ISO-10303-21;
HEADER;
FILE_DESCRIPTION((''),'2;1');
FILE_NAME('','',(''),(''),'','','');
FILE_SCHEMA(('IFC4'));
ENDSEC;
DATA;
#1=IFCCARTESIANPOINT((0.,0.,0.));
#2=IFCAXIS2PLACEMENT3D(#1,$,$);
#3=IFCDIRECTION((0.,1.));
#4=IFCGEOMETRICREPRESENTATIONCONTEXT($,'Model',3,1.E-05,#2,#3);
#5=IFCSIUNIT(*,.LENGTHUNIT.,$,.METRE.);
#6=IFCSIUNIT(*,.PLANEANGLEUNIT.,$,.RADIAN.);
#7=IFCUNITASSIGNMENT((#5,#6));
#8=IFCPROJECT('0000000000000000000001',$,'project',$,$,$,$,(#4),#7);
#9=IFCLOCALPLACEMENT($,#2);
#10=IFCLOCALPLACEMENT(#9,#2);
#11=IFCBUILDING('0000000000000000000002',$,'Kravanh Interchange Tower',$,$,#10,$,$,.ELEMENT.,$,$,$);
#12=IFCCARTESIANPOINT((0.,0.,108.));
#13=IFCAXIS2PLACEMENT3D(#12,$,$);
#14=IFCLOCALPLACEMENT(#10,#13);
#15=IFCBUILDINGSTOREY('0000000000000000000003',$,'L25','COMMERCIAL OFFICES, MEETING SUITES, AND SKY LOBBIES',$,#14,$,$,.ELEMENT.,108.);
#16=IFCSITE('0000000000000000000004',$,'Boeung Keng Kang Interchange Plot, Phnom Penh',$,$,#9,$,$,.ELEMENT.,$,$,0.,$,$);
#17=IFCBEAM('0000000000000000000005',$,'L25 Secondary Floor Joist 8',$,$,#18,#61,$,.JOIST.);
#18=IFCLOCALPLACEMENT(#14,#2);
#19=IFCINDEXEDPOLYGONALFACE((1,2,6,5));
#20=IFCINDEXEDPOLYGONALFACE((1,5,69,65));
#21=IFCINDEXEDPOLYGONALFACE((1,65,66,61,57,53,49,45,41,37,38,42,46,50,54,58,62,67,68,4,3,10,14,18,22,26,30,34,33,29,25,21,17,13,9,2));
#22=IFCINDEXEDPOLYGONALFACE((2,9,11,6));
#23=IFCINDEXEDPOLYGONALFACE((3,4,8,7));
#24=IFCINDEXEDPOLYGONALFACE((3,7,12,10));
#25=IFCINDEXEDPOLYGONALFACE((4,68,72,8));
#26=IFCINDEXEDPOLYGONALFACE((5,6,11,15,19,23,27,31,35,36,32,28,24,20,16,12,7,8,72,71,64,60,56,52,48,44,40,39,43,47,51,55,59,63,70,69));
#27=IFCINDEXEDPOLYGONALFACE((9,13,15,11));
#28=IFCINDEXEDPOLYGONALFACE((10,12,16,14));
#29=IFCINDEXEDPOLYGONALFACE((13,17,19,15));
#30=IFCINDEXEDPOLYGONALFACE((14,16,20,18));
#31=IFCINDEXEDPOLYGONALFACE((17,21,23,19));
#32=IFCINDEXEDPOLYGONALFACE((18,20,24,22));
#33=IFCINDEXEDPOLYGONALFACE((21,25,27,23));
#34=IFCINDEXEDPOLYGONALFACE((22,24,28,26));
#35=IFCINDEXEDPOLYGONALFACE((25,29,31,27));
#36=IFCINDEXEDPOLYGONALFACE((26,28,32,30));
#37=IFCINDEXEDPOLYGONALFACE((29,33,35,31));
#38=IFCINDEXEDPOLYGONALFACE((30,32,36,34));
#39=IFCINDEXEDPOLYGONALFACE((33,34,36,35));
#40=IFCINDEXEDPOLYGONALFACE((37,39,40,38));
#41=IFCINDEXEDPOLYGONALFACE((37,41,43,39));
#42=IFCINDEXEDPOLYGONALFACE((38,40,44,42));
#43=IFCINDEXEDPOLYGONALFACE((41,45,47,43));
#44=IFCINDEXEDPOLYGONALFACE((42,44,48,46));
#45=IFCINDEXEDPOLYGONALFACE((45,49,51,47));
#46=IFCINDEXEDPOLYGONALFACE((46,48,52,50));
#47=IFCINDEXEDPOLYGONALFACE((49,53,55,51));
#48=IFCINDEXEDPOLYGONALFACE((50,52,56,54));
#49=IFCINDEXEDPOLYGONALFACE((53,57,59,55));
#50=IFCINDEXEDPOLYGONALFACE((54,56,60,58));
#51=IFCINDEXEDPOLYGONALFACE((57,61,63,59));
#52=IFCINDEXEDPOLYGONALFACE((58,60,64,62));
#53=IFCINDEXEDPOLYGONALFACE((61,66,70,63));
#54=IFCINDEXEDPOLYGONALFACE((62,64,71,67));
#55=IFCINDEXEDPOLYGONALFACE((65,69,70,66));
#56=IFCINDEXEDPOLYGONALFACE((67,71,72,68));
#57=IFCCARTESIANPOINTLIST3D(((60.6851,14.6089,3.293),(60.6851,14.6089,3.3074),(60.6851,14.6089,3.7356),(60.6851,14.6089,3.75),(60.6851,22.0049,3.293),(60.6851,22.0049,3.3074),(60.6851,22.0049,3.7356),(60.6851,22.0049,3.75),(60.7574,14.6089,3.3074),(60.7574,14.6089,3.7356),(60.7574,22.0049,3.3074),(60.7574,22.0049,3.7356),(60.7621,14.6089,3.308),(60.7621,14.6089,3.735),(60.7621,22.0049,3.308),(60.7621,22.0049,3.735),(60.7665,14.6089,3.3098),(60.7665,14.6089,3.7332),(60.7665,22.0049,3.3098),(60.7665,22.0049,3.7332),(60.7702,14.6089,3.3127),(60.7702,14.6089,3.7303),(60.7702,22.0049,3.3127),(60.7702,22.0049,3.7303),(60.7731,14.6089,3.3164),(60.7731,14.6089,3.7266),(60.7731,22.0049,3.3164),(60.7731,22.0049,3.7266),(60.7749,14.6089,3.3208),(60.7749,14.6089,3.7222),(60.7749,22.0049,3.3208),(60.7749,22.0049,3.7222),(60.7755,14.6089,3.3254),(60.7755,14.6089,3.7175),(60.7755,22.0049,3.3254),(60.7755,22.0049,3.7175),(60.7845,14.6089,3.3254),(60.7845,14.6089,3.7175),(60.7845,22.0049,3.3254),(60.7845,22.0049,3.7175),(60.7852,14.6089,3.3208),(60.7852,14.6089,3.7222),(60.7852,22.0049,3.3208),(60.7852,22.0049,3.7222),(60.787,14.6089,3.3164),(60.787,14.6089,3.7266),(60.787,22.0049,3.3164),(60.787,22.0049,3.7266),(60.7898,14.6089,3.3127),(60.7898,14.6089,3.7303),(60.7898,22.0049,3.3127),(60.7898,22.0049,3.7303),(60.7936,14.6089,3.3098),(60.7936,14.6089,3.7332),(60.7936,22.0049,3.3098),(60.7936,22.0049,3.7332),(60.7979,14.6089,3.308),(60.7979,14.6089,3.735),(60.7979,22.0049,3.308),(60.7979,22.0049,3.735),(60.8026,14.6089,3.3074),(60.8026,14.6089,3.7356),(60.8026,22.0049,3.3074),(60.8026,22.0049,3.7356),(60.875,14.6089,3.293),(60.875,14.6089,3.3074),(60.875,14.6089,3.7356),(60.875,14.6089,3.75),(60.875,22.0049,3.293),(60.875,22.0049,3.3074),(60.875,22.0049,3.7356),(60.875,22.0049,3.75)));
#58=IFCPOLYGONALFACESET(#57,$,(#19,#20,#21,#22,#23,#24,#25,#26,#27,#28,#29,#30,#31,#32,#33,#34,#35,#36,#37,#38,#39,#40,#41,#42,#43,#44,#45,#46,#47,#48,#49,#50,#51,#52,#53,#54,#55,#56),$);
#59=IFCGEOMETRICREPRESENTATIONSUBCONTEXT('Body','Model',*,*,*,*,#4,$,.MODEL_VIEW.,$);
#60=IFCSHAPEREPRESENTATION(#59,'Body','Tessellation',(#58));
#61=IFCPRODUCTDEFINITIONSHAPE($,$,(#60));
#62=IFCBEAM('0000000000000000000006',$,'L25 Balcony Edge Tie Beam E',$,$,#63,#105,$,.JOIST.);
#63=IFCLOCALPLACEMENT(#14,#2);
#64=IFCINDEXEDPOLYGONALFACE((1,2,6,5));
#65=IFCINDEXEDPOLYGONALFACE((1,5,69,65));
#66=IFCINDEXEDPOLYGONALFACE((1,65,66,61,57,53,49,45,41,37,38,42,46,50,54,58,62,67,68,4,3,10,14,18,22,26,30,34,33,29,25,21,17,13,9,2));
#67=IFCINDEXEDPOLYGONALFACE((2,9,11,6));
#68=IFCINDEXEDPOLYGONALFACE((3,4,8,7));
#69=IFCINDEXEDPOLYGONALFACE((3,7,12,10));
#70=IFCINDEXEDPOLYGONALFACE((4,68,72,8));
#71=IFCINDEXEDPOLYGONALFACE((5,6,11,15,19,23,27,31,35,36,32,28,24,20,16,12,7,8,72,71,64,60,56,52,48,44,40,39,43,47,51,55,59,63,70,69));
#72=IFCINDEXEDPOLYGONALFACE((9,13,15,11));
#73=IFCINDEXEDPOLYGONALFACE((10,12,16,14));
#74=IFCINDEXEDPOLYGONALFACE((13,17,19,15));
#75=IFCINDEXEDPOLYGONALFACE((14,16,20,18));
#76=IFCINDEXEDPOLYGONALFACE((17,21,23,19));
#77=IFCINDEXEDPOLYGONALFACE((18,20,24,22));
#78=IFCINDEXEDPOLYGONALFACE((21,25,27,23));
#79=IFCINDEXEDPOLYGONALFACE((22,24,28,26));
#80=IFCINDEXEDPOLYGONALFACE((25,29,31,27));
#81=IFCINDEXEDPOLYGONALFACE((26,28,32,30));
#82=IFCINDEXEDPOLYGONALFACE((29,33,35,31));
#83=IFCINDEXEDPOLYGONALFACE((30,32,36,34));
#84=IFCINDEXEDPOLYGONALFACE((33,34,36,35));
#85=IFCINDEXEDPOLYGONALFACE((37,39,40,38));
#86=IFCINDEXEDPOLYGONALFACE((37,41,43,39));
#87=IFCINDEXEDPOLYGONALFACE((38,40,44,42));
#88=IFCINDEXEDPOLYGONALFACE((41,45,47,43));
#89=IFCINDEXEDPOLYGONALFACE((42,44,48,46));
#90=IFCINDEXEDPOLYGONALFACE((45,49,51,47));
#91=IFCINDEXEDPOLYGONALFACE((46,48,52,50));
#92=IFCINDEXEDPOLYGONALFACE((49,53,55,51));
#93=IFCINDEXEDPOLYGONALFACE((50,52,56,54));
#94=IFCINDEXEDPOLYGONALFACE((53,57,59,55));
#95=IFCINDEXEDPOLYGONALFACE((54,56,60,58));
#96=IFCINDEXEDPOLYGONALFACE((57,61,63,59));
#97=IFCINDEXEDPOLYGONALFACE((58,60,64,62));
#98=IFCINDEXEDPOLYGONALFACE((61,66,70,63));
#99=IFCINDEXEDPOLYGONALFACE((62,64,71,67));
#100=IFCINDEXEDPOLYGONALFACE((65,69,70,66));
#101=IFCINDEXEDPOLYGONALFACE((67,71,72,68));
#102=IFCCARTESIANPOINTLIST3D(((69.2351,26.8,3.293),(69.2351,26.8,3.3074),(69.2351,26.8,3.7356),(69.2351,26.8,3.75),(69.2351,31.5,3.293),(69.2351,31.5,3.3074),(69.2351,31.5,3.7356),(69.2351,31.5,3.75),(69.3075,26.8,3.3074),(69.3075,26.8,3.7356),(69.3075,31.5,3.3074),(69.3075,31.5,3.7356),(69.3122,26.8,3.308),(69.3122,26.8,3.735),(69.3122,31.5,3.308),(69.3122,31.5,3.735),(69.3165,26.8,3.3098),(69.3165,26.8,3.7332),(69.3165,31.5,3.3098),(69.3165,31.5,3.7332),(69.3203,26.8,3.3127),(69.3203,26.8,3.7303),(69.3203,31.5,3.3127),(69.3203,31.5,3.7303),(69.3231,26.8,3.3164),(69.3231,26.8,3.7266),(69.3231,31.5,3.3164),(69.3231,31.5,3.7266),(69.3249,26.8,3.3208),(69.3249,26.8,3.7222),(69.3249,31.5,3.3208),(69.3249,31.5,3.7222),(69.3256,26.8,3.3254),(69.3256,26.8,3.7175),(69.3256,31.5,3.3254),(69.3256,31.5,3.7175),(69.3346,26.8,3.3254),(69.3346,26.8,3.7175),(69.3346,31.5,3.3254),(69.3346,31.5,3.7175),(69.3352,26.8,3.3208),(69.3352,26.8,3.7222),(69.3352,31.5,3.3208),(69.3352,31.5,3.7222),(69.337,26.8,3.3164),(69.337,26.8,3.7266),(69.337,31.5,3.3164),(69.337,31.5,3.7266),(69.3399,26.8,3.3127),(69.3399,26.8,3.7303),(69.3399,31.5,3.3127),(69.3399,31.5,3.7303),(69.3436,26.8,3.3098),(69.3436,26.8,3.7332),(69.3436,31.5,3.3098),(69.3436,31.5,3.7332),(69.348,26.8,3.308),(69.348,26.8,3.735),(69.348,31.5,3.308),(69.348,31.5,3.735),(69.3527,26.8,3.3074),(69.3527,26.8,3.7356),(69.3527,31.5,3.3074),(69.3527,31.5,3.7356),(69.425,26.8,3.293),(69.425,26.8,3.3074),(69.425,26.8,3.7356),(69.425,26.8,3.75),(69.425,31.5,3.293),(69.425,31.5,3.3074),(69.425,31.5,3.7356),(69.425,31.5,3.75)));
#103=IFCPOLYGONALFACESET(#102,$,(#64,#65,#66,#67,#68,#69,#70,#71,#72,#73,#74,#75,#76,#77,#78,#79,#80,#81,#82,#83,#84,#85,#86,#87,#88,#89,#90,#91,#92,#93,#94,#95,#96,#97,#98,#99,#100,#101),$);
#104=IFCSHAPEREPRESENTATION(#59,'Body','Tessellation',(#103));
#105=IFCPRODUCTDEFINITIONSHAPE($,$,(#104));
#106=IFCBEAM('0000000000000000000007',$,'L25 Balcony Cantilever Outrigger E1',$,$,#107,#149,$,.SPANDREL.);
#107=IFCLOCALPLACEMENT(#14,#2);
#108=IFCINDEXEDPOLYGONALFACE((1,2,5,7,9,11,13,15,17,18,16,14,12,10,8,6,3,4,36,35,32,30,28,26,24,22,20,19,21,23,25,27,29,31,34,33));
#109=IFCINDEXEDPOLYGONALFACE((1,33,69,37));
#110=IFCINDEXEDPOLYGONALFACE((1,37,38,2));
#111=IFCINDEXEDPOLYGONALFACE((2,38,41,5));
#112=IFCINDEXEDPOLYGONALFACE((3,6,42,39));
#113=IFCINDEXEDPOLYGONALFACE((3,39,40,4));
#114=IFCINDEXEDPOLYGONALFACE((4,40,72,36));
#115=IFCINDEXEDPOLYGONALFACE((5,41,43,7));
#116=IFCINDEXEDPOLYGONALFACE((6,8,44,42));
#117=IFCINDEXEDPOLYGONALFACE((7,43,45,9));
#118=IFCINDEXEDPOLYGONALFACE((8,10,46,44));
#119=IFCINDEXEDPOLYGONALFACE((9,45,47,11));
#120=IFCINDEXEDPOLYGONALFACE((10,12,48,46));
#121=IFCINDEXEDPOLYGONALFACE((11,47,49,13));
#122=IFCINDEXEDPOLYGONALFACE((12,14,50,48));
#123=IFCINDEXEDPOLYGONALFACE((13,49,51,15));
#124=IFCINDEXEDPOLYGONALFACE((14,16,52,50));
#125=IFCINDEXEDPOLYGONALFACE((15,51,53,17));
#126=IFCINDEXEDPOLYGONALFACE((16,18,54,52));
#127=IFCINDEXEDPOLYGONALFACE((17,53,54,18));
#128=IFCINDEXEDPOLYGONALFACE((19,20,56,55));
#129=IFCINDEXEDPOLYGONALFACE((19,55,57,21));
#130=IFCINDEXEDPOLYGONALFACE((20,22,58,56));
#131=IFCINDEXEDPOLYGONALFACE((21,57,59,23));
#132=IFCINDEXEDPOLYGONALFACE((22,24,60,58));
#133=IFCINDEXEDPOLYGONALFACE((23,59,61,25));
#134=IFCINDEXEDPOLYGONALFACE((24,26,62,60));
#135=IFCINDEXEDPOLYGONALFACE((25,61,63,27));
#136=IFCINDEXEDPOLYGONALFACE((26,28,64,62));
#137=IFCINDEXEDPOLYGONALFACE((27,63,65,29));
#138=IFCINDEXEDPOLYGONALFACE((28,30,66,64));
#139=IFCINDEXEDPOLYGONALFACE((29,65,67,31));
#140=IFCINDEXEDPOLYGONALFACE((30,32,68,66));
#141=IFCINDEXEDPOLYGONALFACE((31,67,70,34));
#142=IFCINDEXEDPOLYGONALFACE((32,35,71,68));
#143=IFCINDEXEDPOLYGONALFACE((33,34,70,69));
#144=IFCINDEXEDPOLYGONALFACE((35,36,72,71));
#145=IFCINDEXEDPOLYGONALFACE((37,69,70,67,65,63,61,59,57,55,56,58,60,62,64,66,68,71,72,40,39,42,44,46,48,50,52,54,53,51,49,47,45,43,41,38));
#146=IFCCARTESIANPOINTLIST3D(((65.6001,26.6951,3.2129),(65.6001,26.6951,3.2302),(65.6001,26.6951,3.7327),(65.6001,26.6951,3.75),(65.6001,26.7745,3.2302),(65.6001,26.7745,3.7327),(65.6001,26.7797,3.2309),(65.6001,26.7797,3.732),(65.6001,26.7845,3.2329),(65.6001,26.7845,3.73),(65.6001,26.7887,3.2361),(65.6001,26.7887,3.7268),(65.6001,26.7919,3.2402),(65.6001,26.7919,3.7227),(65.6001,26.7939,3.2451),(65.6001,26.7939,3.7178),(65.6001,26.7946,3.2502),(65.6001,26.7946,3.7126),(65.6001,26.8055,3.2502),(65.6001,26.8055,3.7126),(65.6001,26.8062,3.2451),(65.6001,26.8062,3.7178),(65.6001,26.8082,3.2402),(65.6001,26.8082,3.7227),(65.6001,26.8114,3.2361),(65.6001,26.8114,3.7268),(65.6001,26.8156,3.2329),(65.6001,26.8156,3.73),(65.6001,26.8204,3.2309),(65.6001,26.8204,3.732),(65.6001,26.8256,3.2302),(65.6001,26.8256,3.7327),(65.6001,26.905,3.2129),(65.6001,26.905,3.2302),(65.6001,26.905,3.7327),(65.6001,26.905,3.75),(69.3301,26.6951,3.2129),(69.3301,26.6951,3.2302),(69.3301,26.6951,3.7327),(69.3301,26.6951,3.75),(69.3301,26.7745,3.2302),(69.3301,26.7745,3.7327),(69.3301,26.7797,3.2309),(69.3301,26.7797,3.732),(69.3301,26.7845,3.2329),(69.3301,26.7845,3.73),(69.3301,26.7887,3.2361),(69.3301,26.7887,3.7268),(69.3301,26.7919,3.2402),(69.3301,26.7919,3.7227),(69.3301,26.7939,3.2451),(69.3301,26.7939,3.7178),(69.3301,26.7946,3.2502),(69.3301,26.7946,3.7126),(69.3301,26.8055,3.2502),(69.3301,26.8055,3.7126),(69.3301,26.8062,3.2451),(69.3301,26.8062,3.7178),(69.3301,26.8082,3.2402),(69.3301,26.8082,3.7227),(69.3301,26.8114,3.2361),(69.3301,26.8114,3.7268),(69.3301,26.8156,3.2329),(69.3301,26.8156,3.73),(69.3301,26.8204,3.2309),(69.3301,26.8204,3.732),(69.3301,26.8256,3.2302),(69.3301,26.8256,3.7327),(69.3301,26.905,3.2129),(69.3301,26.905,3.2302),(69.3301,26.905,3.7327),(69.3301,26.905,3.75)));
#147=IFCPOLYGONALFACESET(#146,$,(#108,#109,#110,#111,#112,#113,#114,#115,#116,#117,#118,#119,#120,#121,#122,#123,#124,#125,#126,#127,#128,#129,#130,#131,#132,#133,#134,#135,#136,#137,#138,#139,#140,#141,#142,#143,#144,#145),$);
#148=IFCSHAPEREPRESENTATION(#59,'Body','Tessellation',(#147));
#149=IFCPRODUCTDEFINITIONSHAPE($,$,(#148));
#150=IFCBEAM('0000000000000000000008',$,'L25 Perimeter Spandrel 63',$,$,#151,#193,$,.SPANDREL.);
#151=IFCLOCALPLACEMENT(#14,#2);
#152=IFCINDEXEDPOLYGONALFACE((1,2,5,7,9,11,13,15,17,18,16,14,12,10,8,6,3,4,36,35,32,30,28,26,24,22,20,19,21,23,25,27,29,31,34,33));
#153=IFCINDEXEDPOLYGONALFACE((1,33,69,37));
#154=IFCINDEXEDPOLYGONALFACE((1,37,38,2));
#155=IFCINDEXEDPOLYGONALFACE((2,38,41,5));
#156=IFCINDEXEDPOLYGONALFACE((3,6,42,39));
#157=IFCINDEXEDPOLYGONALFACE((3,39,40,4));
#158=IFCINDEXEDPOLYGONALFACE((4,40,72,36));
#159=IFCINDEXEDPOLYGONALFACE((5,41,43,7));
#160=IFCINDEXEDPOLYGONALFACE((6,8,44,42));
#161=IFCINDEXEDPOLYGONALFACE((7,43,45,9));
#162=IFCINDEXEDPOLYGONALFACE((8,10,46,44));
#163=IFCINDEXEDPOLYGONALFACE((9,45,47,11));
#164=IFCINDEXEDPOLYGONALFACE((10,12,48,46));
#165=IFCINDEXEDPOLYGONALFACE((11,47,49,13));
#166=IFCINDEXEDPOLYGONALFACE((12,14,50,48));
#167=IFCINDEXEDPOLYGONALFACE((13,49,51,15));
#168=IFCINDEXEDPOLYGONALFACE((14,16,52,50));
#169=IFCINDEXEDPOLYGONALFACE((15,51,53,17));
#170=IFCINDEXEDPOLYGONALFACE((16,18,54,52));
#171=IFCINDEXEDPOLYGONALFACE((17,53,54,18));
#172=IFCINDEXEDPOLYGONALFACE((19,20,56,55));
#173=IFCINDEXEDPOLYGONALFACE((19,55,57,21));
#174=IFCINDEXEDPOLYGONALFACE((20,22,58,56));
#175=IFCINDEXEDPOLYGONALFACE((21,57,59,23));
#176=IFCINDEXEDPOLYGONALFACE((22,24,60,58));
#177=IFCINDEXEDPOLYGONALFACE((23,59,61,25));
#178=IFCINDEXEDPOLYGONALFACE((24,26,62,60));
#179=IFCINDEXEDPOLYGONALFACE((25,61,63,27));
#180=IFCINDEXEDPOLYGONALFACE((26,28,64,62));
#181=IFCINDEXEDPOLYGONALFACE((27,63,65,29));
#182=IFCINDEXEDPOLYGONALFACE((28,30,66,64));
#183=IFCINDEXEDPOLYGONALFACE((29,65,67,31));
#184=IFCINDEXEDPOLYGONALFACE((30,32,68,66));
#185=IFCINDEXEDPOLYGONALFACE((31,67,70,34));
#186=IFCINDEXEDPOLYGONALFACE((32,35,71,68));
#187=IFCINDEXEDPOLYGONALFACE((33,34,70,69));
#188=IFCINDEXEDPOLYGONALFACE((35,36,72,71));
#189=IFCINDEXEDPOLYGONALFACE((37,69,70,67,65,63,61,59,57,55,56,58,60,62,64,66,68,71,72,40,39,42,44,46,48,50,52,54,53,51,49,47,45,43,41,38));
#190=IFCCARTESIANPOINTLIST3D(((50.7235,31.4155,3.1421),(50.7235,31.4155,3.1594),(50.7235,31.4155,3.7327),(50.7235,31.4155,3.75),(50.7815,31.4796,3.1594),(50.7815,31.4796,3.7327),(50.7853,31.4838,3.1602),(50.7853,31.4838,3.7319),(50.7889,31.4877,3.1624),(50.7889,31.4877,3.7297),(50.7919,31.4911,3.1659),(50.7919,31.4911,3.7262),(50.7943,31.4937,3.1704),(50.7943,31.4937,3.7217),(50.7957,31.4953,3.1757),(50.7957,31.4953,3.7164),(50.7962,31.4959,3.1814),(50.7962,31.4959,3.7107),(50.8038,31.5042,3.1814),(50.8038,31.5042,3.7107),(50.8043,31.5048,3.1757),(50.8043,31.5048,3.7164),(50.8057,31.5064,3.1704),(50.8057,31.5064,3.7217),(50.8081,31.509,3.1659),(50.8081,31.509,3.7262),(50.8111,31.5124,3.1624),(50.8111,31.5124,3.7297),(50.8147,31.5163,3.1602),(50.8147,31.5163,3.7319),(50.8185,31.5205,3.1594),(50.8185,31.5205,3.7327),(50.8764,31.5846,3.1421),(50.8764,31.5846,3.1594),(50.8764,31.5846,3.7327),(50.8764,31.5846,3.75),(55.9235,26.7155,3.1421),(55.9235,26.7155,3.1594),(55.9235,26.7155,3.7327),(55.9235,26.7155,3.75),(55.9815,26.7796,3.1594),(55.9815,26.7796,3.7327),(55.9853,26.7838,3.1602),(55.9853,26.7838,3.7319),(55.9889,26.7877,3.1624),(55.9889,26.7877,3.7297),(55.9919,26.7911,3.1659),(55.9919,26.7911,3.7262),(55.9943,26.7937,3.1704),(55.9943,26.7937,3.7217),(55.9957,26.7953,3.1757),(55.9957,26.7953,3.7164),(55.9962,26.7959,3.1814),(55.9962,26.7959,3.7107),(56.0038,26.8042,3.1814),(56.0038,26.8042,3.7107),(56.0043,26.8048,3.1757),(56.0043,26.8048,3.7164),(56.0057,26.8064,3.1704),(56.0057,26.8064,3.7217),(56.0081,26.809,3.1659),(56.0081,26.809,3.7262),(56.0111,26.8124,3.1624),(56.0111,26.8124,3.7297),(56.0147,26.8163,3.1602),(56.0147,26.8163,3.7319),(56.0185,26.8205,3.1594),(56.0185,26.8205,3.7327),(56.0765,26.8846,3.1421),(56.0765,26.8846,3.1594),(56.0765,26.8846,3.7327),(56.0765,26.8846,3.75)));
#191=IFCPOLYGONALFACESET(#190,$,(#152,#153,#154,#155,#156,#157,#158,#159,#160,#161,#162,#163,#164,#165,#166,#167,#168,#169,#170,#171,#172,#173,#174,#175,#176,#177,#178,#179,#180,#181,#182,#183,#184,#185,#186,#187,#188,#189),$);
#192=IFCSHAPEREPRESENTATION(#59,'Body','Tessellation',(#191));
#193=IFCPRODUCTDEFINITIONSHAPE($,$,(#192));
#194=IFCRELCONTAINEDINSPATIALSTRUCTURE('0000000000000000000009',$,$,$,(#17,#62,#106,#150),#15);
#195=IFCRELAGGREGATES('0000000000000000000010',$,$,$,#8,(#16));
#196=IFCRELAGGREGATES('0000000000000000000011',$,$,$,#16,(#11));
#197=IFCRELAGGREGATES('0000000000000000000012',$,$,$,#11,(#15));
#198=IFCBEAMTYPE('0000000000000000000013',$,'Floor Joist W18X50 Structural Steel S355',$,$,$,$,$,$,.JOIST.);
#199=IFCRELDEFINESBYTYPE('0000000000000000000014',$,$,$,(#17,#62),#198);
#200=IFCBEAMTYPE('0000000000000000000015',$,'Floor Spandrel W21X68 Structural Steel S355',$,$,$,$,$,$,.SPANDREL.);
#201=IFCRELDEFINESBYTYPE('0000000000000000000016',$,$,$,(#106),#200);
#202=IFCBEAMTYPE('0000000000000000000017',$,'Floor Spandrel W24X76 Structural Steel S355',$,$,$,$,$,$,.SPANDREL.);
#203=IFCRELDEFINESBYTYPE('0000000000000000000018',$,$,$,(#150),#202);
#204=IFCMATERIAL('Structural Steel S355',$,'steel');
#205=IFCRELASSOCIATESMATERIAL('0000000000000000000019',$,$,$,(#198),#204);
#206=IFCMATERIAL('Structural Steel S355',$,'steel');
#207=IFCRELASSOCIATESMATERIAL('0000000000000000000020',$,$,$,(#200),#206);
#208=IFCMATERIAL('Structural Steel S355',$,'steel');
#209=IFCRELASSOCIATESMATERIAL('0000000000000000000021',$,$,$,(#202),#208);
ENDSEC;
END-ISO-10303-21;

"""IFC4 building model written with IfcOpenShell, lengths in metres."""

from ifc_helpers import new_model, si_unit, direction, frame, origin, origin_2d, place, context, subcontext, project, spatial, i_section, extrude, material, material_profile, profile_set, type_object, element, save


model = new_model("IFC4")

# Units and contexts
model_context = context("Model", 3, precision=1e-05, world=origin(), true_north=direction((0.0, 1.0)))
body_context = subcontext(model_context, "Body", "Model", "MODEL_VIEW")
ifc_project = project(units=[si_unit("LENGTHUNIT", "METRE"), si_unit("PLANEANGLEUNIT", "RADIAN")], contexts=[model_context])

# Site, building, storey
site_placement = place(None, origin())
site = spatial("IfcSite", under=ifc_project, at=site_placement, Name="Boeung Keng Kang Interchange Plot, Phnom Penh", CompositionType="ELEMENT", RefElevation=0.0)
building_placement = place(site_placement, origin())
building = spatial("IfcBuilding", under=site, at=building_placement, Name="Kravanh Interchange Tower", CompositionType="ELEMENT")
storey_placement = place(building_placement, frame((0.0, 0.0, 108.0)))
storey = spatial("IfcBuildingStorey", under=building, at=storey_placement, Name="L25", Description="COMMERCIAL OFFICES, MEETING SUITES, AND SKY LOBBIES", CompositionType="ELEMENT", Elevation=108.0)

# Beams
ifc_material_1 = material(Name="Structural Steel S355", Category="steel")
ifc_material_profile_1 = material_profile(ifc_material_1, i_section(OverallWidth=0.1899, OverallDepth=0.457, WebThickness=0.009, FlangeThickness=0.0144, FilletRadius=0.0181, at=origin_2d()), Name="W18X50")
ifc_profile_set_1 = profile_set([ifc_material_profile_1], Name="Structural Steel S355")
beam_type_1 = type_object("IfcBeamType", Name="Floor Joist W18X50 Structural Steel S355", PredefinedType="JOIST", material=ifc_profile_set_1)
for number, where, z_axis, x_axis, name in (
    (1, (60.78, 14.6089, 3.5215), (0.0, 1.0, 0.0), (-1.0, 0.0, 0.0), "L25 Secondary Floor Joist 8"),
):
    element("IfcBeam", number, at=place(storey_placement, frame(where, z_axis=z_axis, x_axis=x_axis)), inside=storey, type_object=beam_type_1, Name=name, PredefinedType="JOIST", context=body_context, shape_type="SweptSolid", body=[
        extrude(i_section(OverallWidth=0.1899, OverallDepth=0.457, WebThickness=0.009, FlangeThickness=0.0144, FilletRadius=0.0181, at=origin_2d()), origin(), (0.0, 0.0, 1.0), 7.396),
    ])
beam_1_placement = place(storey_placement, frame((69.3301, 26.8, 3.5215), z_axis=(0.0, 1.0, 0.0), x_axis=(-1.0, 0.0, 0.0)))
element("IfcBeam", 2, at=beam_1_placement, inside=storey, type_object=beam_type_1, Name="L25 Balcony Edge Tie Beam E", PredefinedType="JOIST", context=body_context, shape_type="SweptSolid", body=[
    extrude(i_section(OverallWidth=0.1899, OverallDepth=0.457, WebThickness=0.009, FlangeThickness=0.0144, FilletRadius=0.0181, at=origin_2d()), origin(), (0.0, 0.0, 1.0), 4.7),
])
ifc_material_2 = material(Name="Structural Steel S355", Category="steel")
ifc_material_profile_2 = material_profile(ifc_material_2, i_section(OverallWidth=0.21, OverallDepth=0.5371, WebThickness=0.011, FlangeThickness=0.0173, FilletRadius=0.02, at=origin_2d()), Name="W21X68")
ifc_profile_set_2 = profile_set([ifc_material_profile_2], Name="Structural Steel S355")
beam_type_2 = type_object("IfcBeamType", Name="Floor Spandrel W21X68 Structural Steel S355", PredefinedType="SPANDREL", material=ifc_profile_set_2)
beam_2_placement = place(storey_placement, frame((65.6001, 26.8, 3.4814), z_axis=(1.0, 0.0, 0.0), x_axis=(0.0, 1.0, 0.0)))
element("IfcBeam", 3, at=beam_2_placement, inside=storey, type_object=beam_type_2, Name="L25 Balcony Cantilever Outrigger E1", PredefinedType="SPANDREL", context=body_context, shape_type="SweptSolid", body=[
    extrude(i_section(OverallWidth=0.21, OverallDepth=0.5371, WebThickness=0.011, FlangeThickness=0.0173, FilletRadius=0.02, at=origin_2d()), origin(), (0.0, 0.0, 1.0), 3.73),
])
ifc_material_3 = material(Name="Structural Steel S355", Category="steel")
ifc_material_profile_3 = material_profile(ifc_material_3, i_section(OverallWidth=0.228, OverallDepth=0.6079, WebThickness=0.0112, FlangeThickness=0.0173, FilletRadius=0.022, at=origin_2d()), Name="W24X76")
ifc_profile_set_3 = profile_set([ifc_material_profile_3], Name="Structural Steel S355")
beam_type_3 = type_object("IfcBeamType", Name="Floor Spandrel W24X76 Structural Steel S355", PredefinedType="SPANDREL", material=ifc_profile_set_3)
beam_3_placement = place(storey_placement, frame((56.0, 26.8, 3.446), z_axis=(-0.741874, 0.670539, 0.0), x_axis=(-0.670539, -0.741874, 0.0)))
element("IfcBeam", 4, at=beam_3_placement, inside=storey, type_object=beam_type_3, Name="L25 Perimeter Spandrel 63", PredefinedType="SPANDREL", context=body_context, shape_type="SweptSolid", body=[
    extrude(i_section(OverallWidth=0.228, OverallDepth=0.6079, WebThickness=0.0112, FlangeThickness=0.0173, FilletRadius=0.022, at=origin_2d()), origin(), (0.0, 0.0, 1.0), 7.0093),
])

save(model, "model.ifc")
